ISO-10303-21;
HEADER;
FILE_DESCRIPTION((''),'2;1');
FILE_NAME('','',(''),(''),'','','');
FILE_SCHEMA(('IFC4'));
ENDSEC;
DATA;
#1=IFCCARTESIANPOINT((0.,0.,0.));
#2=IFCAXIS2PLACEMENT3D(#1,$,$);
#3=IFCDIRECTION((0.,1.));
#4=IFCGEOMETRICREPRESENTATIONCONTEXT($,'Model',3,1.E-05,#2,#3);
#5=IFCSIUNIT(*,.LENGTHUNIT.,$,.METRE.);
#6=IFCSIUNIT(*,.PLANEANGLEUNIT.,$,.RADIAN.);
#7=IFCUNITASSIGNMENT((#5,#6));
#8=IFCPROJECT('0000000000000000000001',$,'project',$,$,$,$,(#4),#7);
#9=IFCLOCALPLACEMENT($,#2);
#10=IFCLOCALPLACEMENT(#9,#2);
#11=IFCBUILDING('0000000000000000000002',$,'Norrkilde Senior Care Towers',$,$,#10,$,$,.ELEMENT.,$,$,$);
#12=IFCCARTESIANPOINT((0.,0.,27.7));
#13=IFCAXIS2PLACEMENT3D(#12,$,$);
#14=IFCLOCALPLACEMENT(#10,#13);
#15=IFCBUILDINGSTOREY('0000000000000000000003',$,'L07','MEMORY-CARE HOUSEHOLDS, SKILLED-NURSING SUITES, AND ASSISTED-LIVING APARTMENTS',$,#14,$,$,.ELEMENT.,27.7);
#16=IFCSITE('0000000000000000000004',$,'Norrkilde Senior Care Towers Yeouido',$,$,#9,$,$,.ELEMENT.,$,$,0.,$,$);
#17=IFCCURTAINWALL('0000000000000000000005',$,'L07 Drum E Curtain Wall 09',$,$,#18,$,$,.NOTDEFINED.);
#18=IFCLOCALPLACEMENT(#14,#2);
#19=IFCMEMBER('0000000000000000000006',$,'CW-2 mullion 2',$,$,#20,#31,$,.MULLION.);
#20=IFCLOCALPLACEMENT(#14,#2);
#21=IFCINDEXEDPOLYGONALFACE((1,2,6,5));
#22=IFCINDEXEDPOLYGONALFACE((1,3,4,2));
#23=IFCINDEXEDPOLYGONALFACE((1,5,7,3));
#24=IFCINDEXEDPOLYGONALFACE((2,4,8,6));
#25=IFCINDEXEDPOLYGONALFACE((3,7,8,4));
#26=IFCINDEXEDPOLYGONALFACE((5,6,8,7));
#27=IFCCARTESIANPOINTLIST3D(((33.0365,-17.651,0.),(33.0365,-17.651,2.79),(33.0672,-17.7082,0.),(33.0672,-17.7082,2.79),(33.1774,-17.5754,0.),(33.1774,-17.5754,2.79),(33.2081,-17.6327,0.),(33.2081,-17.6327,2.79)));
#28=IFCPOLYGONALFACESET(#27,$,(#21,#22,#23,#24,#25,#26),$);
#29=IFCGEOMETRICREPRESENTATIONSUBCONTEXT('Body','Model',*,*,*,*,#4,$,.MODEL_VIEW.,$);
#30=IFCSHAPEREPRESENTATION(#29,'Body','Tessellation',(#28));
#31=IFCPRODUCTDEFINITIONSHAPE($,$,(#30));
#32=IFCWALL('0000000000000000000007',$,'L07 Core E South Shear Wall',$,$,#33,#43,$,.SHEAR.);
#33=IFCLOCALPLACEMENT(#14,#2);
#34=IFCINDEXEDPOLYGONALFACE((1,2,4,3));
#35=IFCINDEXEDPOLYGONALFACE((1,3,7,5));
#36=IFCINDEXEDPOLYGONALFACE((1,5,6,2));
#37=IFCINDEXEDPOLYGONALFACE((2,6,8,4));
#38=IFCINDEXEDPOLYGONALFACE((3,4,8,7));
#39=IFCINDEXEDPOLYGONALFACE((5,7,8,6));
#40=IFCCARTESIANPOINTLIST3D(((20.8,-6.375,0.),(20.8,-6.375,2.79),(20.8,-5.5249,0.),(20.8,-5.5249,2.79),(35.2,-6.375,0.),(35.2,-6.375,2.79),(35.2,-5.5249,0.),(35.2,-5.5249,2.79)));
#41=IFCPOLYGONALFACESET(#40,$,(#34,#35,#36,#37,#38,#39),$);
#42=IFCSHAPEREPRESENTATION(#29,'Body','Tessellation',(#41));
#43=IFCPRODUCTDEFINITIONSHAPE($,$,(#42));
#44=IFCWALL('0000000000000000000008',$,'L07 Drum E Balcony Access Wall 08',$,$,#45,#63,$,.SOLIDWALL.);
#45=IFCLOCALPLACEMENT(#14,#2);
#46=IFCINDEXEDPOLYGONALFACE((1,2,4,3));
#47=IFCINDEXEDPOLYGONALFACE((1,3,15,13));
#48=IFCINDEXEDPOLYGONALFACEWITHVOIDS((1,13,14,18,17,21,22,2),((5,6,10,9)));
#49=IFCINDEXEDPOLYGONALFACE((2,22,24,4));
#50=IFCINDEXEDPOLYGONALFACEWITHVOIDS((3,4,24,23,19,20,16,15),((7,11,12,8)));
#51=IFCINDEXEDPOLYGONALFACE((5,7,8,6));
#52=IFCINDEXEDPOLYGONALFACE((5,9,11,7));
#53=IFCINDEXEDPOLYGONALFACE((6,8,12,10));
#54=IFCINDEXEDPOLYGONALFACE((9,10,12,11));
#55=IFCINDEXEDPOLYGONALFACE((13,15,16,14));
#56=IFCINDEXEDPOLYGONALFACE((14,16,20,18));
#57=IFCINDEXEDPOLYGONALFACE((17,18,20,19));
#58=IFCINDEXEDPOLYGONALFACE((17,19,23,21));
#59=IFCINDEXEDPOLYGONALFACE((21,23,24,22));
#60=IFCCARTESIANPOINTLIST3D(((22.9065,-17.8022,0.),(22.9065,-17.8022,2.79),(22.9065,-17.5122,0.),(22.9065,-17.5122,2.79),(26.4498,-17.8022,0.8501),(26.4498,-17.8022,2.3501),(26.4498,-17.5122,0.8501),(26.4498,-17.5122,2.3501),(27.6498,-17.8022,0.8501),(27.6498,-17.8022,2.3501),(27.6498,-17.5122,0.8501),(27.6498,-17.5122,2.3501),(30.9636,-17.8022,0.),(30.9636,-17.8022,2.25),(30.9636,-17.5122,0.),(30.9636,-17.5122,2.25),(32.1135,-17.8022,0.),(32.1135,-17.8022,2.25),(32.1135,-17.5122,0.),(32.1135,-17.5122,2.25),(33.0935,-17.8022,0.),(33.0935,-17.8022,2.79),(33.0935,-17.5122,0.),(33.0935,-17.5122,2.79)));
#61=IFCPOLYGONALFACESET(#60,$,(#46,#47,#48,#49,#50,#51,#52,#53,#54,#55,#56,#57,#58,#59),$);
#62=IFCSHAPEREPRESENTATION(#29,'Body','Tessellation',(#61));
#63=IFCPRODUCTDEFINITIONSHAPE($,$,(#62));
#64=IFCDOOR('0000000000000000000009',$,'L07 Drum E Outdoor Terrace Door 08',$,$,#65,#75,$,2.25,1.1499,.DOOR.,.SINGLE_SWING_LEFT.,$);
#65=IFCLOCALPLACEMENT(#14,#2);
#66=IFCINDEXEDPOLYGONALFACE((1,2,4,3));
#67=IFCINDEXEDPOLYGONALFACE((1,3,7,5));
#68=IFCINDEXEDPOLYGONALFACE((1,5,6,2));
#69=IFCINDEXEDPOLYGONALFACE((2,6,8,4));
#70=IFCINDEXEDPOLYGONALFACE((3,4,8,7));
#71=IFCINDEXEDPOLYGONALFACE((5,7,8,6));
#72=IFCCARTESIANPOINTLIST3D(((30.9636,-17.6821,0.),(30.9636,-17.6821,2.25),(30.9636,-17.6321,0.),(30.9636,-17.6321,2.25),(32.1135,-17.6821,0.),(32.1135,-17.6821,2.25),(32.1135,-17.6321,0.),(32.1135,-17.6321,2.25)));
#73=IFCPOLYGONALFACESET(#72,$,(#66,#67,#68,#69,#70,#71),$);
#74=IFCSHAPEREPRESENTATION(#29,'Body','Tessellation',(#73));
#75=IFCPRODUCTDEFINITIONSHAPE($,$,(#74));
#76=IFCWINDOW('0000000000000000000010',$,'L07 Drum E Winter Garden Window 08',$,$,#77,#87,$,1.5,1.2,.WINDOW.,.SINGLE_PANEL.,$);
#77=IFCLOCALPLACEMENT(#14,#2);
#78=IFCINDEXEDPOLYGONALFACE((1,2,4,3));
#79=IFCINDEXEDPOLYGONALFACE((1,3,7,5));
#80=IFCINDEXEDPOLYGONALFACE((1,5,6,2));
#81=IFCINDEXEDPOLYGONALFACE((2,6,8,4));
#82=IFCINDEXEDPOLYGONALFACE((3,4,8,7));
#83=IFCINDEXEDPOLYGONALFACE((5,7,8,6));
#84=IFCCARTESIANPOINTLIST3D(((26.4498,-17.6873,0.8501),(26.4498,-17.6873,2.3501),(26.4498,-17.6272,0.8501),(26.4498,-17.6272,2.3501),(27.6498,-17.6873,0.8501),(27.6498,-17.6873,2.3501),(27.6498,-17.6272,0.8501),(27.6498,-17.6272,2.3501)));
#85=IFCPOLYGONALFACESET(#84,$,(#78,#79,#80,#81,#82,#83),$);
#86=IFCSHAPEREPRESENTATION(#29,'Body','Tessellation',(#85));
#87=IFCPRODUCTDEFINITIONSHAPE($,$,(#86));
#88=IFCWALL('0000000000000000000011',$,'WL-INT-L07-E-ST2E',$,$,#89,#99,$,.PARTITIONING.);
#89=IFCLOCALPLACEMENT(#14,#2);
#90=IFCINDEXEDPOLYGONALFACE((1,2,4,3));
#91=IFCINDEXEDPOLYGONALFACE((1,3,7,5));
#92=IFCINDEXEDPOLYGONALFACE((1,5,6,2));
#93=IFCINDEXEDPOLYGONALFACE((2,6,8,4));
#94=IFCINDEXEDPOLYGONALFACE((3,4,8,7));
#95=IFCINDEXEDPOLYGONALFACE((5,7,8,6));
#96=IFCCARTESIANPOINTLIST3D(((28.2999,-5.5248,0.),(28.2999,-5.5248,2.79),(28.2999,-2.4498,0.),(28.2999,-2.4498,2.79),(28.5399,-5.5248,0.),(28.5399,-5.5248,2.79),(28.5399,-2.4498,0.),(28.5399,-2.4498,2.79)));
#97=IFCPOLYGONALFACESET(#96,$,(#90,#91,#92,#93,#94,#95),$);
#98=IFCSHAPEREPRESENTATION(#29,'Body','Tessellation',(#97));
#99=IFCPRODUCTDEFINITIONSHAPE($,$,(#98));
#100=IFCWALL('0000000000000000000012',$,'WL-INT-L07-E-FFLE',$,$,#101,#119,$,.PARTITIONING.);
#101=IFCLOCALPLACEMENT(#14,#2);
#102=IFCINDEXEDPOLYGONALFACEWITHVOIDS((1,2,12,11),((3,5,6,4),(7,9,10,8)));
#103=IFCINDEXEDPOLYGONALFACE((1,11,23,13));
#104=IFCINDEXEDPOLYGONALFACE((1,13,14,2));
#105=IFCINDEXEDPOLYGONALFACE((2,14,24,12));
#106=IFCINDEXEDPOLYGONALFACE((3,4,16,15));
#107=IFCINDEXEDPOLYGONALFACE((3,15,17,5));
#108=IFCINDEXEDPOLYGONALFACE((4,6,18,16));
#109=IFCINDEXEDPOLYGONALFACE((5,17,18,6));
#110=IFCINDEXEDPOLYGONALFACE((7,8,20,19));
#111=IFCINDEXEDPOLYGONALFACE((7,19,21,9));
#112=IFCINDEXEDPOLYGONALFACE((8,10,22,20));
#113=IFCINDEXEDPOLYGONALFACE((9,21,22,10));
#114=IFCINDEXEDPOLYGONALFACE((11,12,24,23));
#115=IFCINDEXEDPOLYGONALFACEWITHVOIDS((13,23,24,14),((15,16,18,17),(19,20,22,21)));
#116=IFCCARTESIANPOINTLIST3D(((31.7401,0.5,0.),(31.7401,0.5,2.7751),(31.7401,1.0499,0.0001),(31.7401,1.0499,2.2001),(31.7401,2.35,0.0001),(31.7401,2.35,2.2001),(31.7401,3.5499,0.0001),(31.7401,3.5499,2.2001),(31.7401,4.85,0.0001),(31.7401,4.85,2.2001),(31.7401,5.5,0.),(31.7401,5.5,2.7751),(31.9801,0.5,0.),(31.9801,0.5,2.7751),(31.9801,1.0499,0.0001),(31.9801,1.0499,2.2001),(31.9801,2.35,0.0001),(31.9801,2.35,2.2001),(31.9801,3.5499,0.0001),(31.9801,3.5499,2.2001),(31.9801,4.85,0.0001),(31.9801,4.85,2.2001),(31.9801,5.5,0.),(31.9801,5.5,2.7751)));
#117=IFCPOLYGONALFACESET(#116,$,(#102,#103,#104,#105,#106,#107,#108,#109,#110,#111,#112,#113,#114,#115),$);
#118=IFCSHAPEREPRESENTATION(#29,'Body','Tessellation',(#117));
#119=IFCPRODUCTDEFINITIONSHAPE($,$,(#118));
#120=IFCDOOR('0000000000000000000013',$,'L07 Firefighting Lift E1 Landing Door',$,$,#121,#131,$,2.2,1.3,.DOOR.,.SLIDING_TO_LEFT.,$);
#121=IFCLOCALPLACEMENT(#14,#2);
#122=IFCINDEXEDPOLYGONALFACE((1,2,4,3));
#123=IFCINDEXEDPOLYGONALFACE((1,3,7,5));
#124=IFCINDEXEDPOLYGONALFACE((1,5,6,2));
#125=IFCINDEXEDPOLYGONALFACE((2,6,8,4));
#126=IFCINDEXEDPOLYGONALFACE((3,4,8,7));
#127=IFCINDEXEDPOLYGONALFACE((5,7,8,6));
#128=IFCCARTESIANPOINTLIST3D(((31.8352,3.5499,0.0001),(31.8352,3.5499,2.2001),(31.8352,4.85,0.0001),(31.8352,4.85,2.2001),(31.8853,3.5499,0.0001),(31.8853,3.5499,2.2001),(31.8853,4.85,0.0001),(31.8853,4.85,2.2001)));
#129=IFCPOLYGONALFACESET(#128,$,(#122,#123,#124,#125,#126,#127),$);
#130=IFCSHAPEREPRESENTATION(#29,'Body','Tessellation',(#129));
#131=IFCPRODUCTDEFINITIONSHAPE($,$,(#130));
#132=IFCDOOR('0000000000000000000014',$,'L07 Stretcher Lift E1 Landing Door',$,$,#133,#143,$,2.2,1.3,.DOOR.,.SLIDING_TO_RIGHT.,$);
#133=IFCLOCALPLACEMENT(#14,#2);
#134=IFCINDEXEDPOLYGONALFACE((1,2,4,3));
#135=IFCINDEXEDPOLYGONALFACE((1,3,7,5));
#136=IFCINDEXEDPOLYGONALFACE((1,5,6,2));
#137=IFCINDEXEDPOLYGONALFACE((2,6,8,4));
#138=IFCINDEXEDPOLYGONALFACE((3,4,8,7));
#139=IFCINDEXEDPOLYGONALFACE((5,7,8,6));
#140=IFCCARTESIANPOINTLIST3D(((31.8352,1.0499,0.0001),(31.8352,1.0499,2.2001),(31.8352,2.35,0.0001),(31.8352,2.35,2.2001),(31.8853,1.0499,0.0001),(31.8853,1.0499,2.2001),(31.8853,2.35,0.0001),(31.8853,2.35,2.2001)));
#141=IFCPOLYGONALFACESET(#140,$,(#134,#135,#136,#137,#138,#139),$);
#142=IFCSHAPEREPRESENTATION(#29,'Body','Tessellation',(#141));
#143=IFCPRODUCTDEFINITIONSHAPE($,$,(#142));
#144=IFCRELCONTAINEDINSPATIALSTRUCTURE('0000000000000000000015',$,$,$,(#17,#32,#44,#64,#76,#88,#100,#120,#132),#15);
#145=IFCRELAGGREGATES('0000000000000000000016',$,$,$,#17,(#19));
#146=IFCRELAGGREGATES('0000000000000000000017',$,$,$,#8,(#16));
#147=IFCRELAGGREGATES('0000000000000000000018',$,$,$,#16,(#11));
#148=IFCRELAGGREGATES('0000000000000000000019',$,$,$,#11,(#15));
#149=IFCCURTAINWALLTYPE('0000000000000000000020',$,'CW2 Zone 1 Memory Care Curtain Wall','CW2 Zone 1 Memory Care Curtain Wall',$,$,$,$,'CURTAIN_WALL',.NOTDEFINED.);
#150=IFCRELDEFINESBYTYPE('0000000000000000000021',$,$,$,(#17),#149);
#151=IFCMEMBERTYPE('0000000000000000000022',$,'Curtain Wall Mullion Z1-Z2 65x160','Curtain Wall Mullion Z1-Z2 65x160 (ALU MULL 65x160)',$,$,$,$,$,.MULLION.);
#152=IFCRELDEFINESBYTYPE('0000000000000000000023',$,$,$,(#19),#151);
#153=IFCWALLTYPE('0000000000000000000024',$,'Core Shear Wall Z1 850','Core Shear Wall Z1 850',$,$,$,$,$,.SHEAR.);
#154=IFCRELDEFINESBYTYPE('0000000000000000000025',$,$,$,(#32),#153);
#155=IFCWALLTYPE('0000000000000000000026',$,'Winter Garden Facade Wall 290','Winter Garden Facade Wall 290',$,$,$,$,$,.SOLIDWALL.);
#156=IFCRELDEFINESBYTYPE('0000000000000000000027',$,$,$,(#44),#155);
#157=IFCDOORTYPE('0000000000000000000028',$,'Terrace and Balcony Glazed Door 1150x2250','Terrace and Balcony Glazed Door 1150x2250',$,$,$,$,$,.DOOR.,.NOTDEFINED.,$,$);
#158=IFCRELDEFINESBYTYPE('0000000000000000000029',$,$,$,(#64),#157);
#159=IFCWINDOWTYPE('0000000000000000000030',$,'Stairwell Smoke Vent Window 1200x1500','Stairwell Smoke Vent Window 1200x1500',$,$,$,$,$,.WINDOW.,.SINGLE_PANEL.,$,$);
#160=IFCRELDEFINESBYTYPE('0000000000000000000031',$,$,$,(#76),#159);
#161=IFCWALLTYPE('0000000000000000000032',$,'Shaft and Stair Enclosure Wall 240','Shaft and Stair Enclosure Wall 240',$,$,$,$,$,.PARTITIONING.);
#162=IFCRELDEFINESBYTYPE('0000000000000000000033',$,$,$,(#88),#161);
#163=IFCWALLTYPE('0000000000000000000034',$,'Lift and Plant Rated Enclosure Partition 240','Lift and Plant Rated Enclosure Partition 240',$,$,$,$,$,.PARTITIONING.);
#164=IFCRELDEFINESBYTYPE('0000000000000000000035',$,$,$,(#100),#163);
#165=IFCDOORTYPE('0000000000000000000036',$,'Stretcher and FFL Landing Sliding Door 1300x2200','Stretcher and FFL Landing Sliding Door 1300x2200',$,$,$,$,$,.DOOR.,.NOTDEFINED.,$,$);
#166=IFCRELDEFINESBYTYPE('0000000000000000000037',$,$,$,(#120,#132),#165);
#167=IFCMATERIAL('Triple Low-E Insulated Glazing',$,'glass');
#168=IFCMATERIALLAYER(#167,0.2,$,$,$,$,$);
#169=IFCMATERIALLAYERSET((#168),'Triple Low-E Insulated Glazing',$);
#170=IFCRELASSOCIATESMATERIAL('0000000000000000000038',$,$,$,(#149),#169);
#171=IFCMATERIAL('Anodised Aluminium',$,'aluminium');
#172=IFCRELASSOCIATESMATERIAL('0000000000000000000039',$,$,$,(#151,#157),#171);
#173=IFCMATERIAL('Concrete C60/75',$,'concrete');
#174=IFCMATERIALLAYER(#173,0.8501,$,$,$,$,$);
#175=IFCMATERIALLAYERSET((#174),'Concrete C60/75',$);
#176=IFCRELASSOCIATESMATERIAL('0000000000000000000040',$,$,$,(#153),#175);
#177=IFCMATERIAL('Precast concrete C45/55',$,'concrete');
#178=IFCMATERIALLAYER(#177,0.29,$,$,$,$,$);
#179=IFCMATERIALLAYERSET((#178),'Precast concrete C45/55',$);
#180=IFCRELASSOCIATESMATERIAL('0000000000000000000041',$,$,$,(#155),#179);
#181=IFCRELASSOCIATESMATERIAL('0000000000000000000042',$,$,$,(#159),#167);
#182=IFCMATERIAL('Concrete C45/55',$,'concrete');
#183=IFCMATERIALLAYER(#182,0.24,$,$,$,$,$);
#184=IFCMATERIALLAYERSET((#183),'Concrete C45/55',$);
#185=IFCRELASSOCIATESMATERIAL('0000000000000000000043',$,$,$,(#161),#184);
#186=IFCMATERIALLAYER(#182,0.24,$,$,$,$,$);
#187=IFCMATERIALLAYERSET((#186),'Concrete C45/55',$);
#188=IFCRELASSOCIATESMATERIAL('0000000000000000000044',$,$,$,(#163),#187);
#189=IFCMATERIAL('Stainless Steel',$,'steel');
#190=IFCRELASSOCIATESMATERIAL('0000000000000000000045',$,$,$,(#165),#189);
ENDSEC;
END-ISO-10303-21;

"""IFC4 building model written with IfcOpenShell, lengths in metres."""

from ifc_helpers import new_model, si_unit, direction, frame, frame_2d, origin, origin_2d, place, context, subcontext, project, spatial, rectangle, extrude, source, transform, mapped, material, layer, layer_set, material_profile, profile_set, type_object, type_shapes, element, fill, aggregate, save


model = new_model("IFC4")

# Units and contexts
model_context = context("Model", 3, precision=1e-05, world=origin(), true_north=direction((0.0, 1.0)))
body_context = subcontext(model_context, "Body", "Model", "MODEL_VIEW")
ifc_project = project(units=[si_unit("LENGTHUNIT", "METRE"), si_unit("PLANEANGLEUNIT", "RADIAN")], contexts=[model_context])

# Site, building, storey
site_placement = place(None, origin())
site = spatial("IfcSite", under=ifc_project, at=site_placement, Name="Norrkilde Senior Care Towers Yeouido", CompositionType="ELEMENT", RefElevation=0.0)
building_placement = place(site_placement, origin())
building = spatial("IfcBuilding", under=site, at=building_placement, Name="Norrkilde Senior Care Towers", CompositionType="ELEMENT")
storey_placement = place(building_placement, frame((0.0, 0.0, 27.7)))
storey = spatial("IfcBuildingStorey", under=building, at=storey_placement, Name="L07", Description="MEMORY-CARE HOUSEHOLDS, SKILLED-NURSING SUITES, AND ASSISTED-LIVING APARTMENTS", CompositionType="ELEMENT", Elevation=27.7)

# Shared definitions
ifc_material_1 = material(Name="Concrete C60/75", Category="concrete")

# Curtain wall, member
ifc_material_2 = material(Name="Triple Low-E Insulated Glazing", Category="glass")
ifc_layer_1 = layer(ifc_material_2, 0.2)
ifc_layer_set_1 = layer_set([ifc_layer_1], Name="Triple Low-E Insulated Glazing")
curtain_wall_type = type_object("IfcCurtainWallType", Name="CW2 Zone 1 Memory Care Curtain Wall", Description="CW2 Zone 1 Memory Care Curtain Wall", ElementType="CURTAIN_WALL", PredefinedType="NOTDEFINED", material=ifc_layer_set_1)
curtain_wall_placement = place(storey_placement, origin())
curtain_wall = element("IfcCurtainWall", 1, at=curtain_wall_placement, inside=storey, type_object=curtain_wall_type, Name="L07 Drum E Curtain Wall 09", PredefinedType="NOTDEFINED")
ifc_material_3 = material(Name="Anodised Aluminium", Category="aluminium")
ifc_material_profile_1 = material_profile(ifc_material_3, rectangle(XDim=0.0649, YDim=0.1599, at=origin_2d()), Name="ALU MULL 65x160")
ifc_profile_set_1 = profile_set([ifc_material_profile_1], Name="Anodised Aluminium")
member_type = type_object("IfcMemberType", Name="Curtain Wall Mullion Z1-Z2 65x160", Description="Curtain Wall Mullion Z1-Z2 65x160 (ALU MULL 65x160)", PredefinedType="MULLION", material=ifc_profile_set_1)
shared_shape_1 = source(origin(), body_context, "Body", "SweptSolid", [
    extrude(rectangle(XDim=0.0649, YDim=0.1599, at=origin_2d()), origin(), (0.0, 0.0, 1.0), 2.79),
])
type_shapes(member_type, [shared_shape_1])
member_placement = place(storey_placement, frame((33.1223, -17.6418, 0.0), z_axis=(0.0, 0.0, 1.0), x_axis=(0.472608, -0.881273, 0.0)))
member = element("IfcMember", 2, at=member_placement, type_object=member_type, Name="CW-2 mullion 2", PredefinedType="MULLION", context=body_context, shape_type="MappedRepresentation", body=[
    mapped(shared_shape_1, transform((0.0, 0.0, 0.0), x_axis=(1.0, 0.0, 0.0), y_axis=(0.0, 1.0, 0.0), z_axis=(0.0, 0.0, 1.0), scale=1.0)),
])
aggregate(curtain_wall, [member])

# Wall
ifc_layer_2 = layer(ifc_material_1, 0.8501)
ifc_layer_set_2 = layer_set([ifc_layer_2], Name="Concrete C60/75")
wall_type_1 = type_object("IfcWallType", Name="Core Shear Wall Z1 850", Description="Core Shear Wall Z1 850", PredefinedType="SHEAR", material=ifc_layer_set_2)
shared_shape_2 = source(origin(), body_context, "Body", "SweptSolid", [
    extrude(rectangle(XDim=14.3999, YDim=0.8501, at=frame_2d((7.2, 0.0))), origin(), (0.0, 0.0, 1.0), 2.79),
])
type_shapes(wall_type_1, [shared_shape_2])
wall_1_placement = place(storey_placement, frame((35.2, -5.95, 0.0), z_axis=(0.0, 0.0, 1.0), x_axis=(-1.0, 0.0, 0.0)))
element("IfcWall", 3, at=wall_1_placement, inside=storey, type_object=wall_type_1, Name="L07 Core E South Shear Wall", PredefinedType="SHEAR", context=body_context, shape_type="MappedRepresentation", body=[
    mapped(shared_shape_2, transform((0.0, 0.0, 0.0), x_axis=(1.0, 0.0, 0.0), y_axis=(0.0, 1.0, 0.0), z_axis=(0.0, 0.0, 1.0), scale=1.0)),
])

# Wall, openings, door, window
ifc_material_4 = material(Name="Precast concrete C45/55", Category="concrete")
ifc_layer_3 = layer(ifc_material_4, 0.29)
ifc_layer_set_3 = layer_set([ifc_layer_3], Name="Precast concrete C45/55")
wall_type_2 = type_object("IfcWallType", Name="Winter Garden Facade Wall 290", Description="Winter Garden Facade Wall 290", PredefinedType="SOLIDWALL", material=ifc_layer_set_3)
shared_shape_3 = source(origin(), body_context, "Body", "SweptSolid", [
    extrude(rectangle(XDim=10.187, YDim=0.29, at=frame_2d((5.0935, 0.0))), origin(), (0.0, 0.0, 1.0), 2.79),
])
type_shapes(wall_type_2, [shared_shape_3])
wall_2_placement = place(storey_placement, frame((33.0935, -17.6572, 0.0), z_axis=(0.0, 0.0, 1.0), x_axis=(-1.0, 0.0, 0.0)))
wall_2 = element("IfcWall", 4, at=wall_2_placement, inside=storey, type_object=wall_type_2, Name="L07 Drum E Balcony Access Wall 08", PredefinedType="SOLIDWALL", context=body_context, shape_type="MappedRepresentation", body=[
    mapped(shared_shape_3, transform((0.0, 0.0, 0.0), x_axis=(1.0, 0.0, 0.0), y_axis=(0.0, 1.0, 0.0), z_axis=(0.0, 0.0, 1.0), scale=1.0)),
])
opening_1_placement = place(wall_2_placement, frame((0.98, 0.0, 0.0)))
opening_1 = element("IfcOpeningElement", 5, at=opening_1_placement, cuts=wall_2, PredefinedType="OPENING", context=body_context, shape_type="SweptSolid", body=[
    extrude(rectangle(XDim=1.1499, YDim=2.25, at=frame_2d((0.575, 1.125))), frame((0.0, 0.155, 0.0), z_axis=(0.0, -1.0, 0.0), x_axis=(1.0, 0.0, 0.0)), (0.0, 0.0, 1.0), 0.3101),
])
opening_2_placement = place(wall_2_placement, frame((5.4436, 0.0, 0.8501)))
opening_2 = element("IfcOpeningElement", 6, at=opening_2_placement, cuts=wall_2, PredefinedType="OPENING", context=body_context, shape_type="SweptSolid", body=[
    extrude(rectangle(XDim=1.2, YDim=1.5, at=frame_2d((0.6001, 0.75))), frame((0.0, 0.155, 0.0), z_axis=(0.0, -1.0, 0.0), x_axis=(1.0, 0.0, 0.0)), (0.0, 0.0, 1.0), 0.3101),
])
door_type_1 = type_object("IfcDoorType", Name="Terrace and Balcony Glazed Door 1150x2250", Description="Terrace and Balcony Glazed Door 1150x2250", OperationType="NOTDEFINED", PredefinedType="DOOR", material=ifc_material_3)
shared_shape_4 = source(origin(), body_context, "Body", "SweptSolid", [
    extrude(rectangle(XDim=1.1499, YDim=2.25, at=frame_2d((0.575, 1.125))), frame((0.0, 0.0249, 0.0), z_axis=(0.0, -1.0, 0.0), x_axis=(1.0, 0.0, 0.0)), (0.0, 0.0, 1.0), 0.05),
])
type_shapes(door_type_1, [shared_shape_4])
door_1_placement = place(opening_1_placement, origin())
door_1 = element("IfcDoor", 7, at=door_1_placement, inside=storey, type_object=door_type_1, Name="L07 Drum E Outdoor Terrace Door 08", OperationType="SINGLE_SWING_LEFT", OverallHeight=2.25, OverallWidth=1.1499, PredefinedType="DOOR", context=body_context, shape_type="MappedRepresentation", body=[
    mapped(shared_shape_4, transform((0.0, 0.0, 0.0), x_axis=(1.0, 0.0, 0.0), y_axis=(0.0, 1.0, 0.0), z_axis=(0.0, 0.0, 1.0), scale=1.0)),
])
fill(opening_1, door_1)
window_type = type_object("IfcWindowType", Name="Stairwell Smoke Vent Window 1200x1500", Description="Stairwell Smoke Vent Window 1200x1500", PartitioningType="SINGLE_PANEL", PredefinedType="WINDOW", material=ifc_material_2)
shared_shape_5 = source(origin(), body_context, "Body", "SweptSolid", [
    extrude(rectangle(XDim=1.2, YDim=1.5, at=frame_2d((0.6001, 0.75))), frame((0.0, 0.03, 0.0), z_axis=(0.0, -1.0, 0.0), x_axis=(1.0, 0.0, 0.0)), (0.0, 0.0, 1.0), 0.0601),
])
type_shapes(window_type, [shared_shape_5])
window_placement = place(opening_2_placement, origin())
window = element("IfcWindow", 8, at=window_placement, inside=storey, type_object=window_type, Name="L07 Drum E Winter Garden Window 08", OverallHeight=1.5, OverallWidth=1.2, PartitioningType="SINGLE_PANEL", PredefinedType="WINDOW", context=body_context, shape_type="MappedRepresentation", body=[
    mapped(shared_shape_5, transform((0.0, 0.0, 0.0), x_axis=(1.0, 0.0, 0.0), y_axis=(0.0, 1.0, 0.0), z_axis=(0.0, 0.0, 1.0), scale=1.0)),
])
fill(opening_2, window)

# Wall
ifc_material_5 = material(Name="Concrete C45/55", Category="concrete")
ifc_layer_4 = layer(ifc_material_5, 0.24)
ifc_layer_set_4 = layer_set([ifc_layer_4], Name="Concrete C45/55")
wall_type_3 = type_object("IfcWallType", Name="Shaft and Stair Enclosure Wall 240", Description="Shaft and Stair Enclosure Wall 240", PredefinedType="PARTITIONING", material=ifc_layer_set_4)
shared_shape_6 = source(origin(), body_context, "Body", "SweptSolid", [
    extrude(rectangle(XDim=3.075, YDim=0.24, at=frame_2d((1.5376, 0.0))), origin(), (0.0, 0.0, 1.0), 2.79),
])
type_shapes(wall_type_3, [shared_shape_6])
wall_3_placement = place(storey_placement, frame((28.4199, -5.5249, 0.0), z_axis=(0.0, 0.0, 1.0), x_axis=(0.0, 1.0, 0.0)))
element("IfcWall", 9, at=wall_3_placement, inside=storey, type_object=wall_type_3, Name="WL-INT-L07-E-ST2E", PredefinedType="PARTITIONING", context=body_context, shape_type="MappedRepresentation", body=[
    mapped(shared_shape_6, transform((0.0, 0.0, 0.0), x_axis=(1.0, 0.0, 0.0), y_axis=(0.0, 1.0, 0.0), z_axis=(0.0, 0.0, 1.0), scale=1.0)),
])

# Wall, openings, doors
ifc_layer_5 = layer(ifc_material_5, 0.24)
ifc_layer_set_5 = layer_set([ifc_layer_5], Name="Concrete C45/55")
wall_type_4 = type_object("IfcWallType", Name="Lift and Plant Rated Enclosure Partition 240", Description="Lift and Plant Rated Enclosure Partition 240", PredefinedType="PARTITIONING", material=ifc_layer_set_5)
shared_shape_7 = source(origin(), body_context, "Body", "SweptSolid", [
    extrude(rectangle(XDim=5.0, YDim=0.24, at=frame_2d((2.5, 0.0))), origin(), (0.0, 0.0, 1.0), 2.7751),
])
wall_4_placement = place(storey_placement, frame((31.8601, 0.5, 0.0), z_axis=(0.0, 0.0, 1.0), x_axis=(0.0, 1.0, 0.0)))
wall_4 = element("IfcWall", 10, at=wall_4_placement, inside=storey, type_object=wall_type_4, Name="WL-INT-L07-E-FFLE", PredefinedType="PARTITIONING", context=body_context, shape_type="MappedRepresentation", body=[
    mapped(shared_shape_7, transform((0.0, 0.0, 0.0), x_axis=(1.0, 0.0, 0.0), y_axis=(0.0, 1.0, 0.0), z_axis=(0.0, 0.0, 1.0), scale=1.0)),
])
opening_3_placement = place(wall_4_placement, frame((3.05, 0.0, 0.0)))
opening_3 = element("IfcOpeningElement", 11, at=opening_3_placement, cuts=wall_4, PredefinedType="OPENING", context=body_context, shape_type="SweptSolid", body=[
    extrude(rectangle(XDim=1.3, YDim=2.2, at=frame_2d((0.6499, 1.1001))), frame((0.0, 0.1299, 0.0), z_axis=(0.0, -1.0, 0.0), x_axis=(1.0, 0.0, 0.0)), (0.0, 0.0, 1.0), 0.26),
])
opening_4_placement = place(wall_4_placement, frame((0.55, 0.0, 0.0)))
opening_4 = element("IfcOpeningElement", 12, at=opening_4_placement, cuts=wall_4, PredefinedType="OPENING", context=body_context, shape_type="SweptSolid", body=[
    extrude(rectangle(XDim=1.3, YDim=2.2, at=frame_2d((0.6499, 1.1001))), frame((0.0, 0.1299, 0.0), z_axis=(0.0, -1.0, 0.0), x_axis=(1.0, 0.0, 0.0)), (0.0, 0.0, 1.0), 0.26),
])
ifc_material_6 = material(Name="Stainless Steel", Category="steel")
door_type_2 = type_object("IfcDoorType", Name="Stretcher and FFL Landing Sliding Door 1300x2200", Description="Stretcher and FFL Landing Sliding Door 1300x2200", OperationType="NOTDEFINED", PredefinedType="DOOR", material=ifc_material_6)
shared_shape_8 = source(origin(), body_context, "Body", "SweptSolid", [
    extrude(rectangle(XDim=1.3, YDim=2.2, at=frame_2d((0.6499, 1.1001))), frame((0.0, 0.0249, 0.0), z_axis=(0.0, -1.0, 0.0), x_axis=(1.0, 0.0, 0.0)), (0.0, 0.0, 1.0), 0.05),
])
type_shapes(door_type_2, [shared_shape_8])
door_2_placement = place(opening_3_placement, origin())
door_2 = element("IfcDoor", 13, at=door_2_placement, inside=storey, type_object=door_type_2, Name="L07 Firefighting Lift E1 Landing Door", OperationType="SLIDING_TO_LEFT", OverallHeight=2.2, OverallWidth=1.3, PredefinedType="DOOR", context=body_context, shape_type="MappedRepresentation", body=[
    mapped(shared_shape_8, transform((0.0, 0.0, 0.0), x_axis=(1.0, 0.0, 0.0), y_axis=(0.0, 1.0, 0.0), z_axis=(0.0, 0.0, 1.0), scale=1.0)),
])
fill(opening_3, door_2)
door_3_placement = place(opening_4_placement, origin())
door_3 = element("IfcDoor", 14, at=door_3_placement, inside=storey, type_object=door_type_2, Name="L07 Stretcher Lift E1 Landing Door", OperationType="SLIDING_TO_RIGHT", OverallHeight=2.2, OverallWidth=1.3, PredefinedType="DOOR", context=body_context, shape_type="MappedRepresentation", body=[
    mapped(shared_shape_8, transform((0.0, 0.0, 0.0), x_axis=(1.0, 0.0, 0.0), y_axis=(0.0, 1.0, 0.0), z_axis=(0.0, 0.0, 1.0), scale=1.0)),
])
fill(opening_4, door_3)

save(model, "model.ifc")
